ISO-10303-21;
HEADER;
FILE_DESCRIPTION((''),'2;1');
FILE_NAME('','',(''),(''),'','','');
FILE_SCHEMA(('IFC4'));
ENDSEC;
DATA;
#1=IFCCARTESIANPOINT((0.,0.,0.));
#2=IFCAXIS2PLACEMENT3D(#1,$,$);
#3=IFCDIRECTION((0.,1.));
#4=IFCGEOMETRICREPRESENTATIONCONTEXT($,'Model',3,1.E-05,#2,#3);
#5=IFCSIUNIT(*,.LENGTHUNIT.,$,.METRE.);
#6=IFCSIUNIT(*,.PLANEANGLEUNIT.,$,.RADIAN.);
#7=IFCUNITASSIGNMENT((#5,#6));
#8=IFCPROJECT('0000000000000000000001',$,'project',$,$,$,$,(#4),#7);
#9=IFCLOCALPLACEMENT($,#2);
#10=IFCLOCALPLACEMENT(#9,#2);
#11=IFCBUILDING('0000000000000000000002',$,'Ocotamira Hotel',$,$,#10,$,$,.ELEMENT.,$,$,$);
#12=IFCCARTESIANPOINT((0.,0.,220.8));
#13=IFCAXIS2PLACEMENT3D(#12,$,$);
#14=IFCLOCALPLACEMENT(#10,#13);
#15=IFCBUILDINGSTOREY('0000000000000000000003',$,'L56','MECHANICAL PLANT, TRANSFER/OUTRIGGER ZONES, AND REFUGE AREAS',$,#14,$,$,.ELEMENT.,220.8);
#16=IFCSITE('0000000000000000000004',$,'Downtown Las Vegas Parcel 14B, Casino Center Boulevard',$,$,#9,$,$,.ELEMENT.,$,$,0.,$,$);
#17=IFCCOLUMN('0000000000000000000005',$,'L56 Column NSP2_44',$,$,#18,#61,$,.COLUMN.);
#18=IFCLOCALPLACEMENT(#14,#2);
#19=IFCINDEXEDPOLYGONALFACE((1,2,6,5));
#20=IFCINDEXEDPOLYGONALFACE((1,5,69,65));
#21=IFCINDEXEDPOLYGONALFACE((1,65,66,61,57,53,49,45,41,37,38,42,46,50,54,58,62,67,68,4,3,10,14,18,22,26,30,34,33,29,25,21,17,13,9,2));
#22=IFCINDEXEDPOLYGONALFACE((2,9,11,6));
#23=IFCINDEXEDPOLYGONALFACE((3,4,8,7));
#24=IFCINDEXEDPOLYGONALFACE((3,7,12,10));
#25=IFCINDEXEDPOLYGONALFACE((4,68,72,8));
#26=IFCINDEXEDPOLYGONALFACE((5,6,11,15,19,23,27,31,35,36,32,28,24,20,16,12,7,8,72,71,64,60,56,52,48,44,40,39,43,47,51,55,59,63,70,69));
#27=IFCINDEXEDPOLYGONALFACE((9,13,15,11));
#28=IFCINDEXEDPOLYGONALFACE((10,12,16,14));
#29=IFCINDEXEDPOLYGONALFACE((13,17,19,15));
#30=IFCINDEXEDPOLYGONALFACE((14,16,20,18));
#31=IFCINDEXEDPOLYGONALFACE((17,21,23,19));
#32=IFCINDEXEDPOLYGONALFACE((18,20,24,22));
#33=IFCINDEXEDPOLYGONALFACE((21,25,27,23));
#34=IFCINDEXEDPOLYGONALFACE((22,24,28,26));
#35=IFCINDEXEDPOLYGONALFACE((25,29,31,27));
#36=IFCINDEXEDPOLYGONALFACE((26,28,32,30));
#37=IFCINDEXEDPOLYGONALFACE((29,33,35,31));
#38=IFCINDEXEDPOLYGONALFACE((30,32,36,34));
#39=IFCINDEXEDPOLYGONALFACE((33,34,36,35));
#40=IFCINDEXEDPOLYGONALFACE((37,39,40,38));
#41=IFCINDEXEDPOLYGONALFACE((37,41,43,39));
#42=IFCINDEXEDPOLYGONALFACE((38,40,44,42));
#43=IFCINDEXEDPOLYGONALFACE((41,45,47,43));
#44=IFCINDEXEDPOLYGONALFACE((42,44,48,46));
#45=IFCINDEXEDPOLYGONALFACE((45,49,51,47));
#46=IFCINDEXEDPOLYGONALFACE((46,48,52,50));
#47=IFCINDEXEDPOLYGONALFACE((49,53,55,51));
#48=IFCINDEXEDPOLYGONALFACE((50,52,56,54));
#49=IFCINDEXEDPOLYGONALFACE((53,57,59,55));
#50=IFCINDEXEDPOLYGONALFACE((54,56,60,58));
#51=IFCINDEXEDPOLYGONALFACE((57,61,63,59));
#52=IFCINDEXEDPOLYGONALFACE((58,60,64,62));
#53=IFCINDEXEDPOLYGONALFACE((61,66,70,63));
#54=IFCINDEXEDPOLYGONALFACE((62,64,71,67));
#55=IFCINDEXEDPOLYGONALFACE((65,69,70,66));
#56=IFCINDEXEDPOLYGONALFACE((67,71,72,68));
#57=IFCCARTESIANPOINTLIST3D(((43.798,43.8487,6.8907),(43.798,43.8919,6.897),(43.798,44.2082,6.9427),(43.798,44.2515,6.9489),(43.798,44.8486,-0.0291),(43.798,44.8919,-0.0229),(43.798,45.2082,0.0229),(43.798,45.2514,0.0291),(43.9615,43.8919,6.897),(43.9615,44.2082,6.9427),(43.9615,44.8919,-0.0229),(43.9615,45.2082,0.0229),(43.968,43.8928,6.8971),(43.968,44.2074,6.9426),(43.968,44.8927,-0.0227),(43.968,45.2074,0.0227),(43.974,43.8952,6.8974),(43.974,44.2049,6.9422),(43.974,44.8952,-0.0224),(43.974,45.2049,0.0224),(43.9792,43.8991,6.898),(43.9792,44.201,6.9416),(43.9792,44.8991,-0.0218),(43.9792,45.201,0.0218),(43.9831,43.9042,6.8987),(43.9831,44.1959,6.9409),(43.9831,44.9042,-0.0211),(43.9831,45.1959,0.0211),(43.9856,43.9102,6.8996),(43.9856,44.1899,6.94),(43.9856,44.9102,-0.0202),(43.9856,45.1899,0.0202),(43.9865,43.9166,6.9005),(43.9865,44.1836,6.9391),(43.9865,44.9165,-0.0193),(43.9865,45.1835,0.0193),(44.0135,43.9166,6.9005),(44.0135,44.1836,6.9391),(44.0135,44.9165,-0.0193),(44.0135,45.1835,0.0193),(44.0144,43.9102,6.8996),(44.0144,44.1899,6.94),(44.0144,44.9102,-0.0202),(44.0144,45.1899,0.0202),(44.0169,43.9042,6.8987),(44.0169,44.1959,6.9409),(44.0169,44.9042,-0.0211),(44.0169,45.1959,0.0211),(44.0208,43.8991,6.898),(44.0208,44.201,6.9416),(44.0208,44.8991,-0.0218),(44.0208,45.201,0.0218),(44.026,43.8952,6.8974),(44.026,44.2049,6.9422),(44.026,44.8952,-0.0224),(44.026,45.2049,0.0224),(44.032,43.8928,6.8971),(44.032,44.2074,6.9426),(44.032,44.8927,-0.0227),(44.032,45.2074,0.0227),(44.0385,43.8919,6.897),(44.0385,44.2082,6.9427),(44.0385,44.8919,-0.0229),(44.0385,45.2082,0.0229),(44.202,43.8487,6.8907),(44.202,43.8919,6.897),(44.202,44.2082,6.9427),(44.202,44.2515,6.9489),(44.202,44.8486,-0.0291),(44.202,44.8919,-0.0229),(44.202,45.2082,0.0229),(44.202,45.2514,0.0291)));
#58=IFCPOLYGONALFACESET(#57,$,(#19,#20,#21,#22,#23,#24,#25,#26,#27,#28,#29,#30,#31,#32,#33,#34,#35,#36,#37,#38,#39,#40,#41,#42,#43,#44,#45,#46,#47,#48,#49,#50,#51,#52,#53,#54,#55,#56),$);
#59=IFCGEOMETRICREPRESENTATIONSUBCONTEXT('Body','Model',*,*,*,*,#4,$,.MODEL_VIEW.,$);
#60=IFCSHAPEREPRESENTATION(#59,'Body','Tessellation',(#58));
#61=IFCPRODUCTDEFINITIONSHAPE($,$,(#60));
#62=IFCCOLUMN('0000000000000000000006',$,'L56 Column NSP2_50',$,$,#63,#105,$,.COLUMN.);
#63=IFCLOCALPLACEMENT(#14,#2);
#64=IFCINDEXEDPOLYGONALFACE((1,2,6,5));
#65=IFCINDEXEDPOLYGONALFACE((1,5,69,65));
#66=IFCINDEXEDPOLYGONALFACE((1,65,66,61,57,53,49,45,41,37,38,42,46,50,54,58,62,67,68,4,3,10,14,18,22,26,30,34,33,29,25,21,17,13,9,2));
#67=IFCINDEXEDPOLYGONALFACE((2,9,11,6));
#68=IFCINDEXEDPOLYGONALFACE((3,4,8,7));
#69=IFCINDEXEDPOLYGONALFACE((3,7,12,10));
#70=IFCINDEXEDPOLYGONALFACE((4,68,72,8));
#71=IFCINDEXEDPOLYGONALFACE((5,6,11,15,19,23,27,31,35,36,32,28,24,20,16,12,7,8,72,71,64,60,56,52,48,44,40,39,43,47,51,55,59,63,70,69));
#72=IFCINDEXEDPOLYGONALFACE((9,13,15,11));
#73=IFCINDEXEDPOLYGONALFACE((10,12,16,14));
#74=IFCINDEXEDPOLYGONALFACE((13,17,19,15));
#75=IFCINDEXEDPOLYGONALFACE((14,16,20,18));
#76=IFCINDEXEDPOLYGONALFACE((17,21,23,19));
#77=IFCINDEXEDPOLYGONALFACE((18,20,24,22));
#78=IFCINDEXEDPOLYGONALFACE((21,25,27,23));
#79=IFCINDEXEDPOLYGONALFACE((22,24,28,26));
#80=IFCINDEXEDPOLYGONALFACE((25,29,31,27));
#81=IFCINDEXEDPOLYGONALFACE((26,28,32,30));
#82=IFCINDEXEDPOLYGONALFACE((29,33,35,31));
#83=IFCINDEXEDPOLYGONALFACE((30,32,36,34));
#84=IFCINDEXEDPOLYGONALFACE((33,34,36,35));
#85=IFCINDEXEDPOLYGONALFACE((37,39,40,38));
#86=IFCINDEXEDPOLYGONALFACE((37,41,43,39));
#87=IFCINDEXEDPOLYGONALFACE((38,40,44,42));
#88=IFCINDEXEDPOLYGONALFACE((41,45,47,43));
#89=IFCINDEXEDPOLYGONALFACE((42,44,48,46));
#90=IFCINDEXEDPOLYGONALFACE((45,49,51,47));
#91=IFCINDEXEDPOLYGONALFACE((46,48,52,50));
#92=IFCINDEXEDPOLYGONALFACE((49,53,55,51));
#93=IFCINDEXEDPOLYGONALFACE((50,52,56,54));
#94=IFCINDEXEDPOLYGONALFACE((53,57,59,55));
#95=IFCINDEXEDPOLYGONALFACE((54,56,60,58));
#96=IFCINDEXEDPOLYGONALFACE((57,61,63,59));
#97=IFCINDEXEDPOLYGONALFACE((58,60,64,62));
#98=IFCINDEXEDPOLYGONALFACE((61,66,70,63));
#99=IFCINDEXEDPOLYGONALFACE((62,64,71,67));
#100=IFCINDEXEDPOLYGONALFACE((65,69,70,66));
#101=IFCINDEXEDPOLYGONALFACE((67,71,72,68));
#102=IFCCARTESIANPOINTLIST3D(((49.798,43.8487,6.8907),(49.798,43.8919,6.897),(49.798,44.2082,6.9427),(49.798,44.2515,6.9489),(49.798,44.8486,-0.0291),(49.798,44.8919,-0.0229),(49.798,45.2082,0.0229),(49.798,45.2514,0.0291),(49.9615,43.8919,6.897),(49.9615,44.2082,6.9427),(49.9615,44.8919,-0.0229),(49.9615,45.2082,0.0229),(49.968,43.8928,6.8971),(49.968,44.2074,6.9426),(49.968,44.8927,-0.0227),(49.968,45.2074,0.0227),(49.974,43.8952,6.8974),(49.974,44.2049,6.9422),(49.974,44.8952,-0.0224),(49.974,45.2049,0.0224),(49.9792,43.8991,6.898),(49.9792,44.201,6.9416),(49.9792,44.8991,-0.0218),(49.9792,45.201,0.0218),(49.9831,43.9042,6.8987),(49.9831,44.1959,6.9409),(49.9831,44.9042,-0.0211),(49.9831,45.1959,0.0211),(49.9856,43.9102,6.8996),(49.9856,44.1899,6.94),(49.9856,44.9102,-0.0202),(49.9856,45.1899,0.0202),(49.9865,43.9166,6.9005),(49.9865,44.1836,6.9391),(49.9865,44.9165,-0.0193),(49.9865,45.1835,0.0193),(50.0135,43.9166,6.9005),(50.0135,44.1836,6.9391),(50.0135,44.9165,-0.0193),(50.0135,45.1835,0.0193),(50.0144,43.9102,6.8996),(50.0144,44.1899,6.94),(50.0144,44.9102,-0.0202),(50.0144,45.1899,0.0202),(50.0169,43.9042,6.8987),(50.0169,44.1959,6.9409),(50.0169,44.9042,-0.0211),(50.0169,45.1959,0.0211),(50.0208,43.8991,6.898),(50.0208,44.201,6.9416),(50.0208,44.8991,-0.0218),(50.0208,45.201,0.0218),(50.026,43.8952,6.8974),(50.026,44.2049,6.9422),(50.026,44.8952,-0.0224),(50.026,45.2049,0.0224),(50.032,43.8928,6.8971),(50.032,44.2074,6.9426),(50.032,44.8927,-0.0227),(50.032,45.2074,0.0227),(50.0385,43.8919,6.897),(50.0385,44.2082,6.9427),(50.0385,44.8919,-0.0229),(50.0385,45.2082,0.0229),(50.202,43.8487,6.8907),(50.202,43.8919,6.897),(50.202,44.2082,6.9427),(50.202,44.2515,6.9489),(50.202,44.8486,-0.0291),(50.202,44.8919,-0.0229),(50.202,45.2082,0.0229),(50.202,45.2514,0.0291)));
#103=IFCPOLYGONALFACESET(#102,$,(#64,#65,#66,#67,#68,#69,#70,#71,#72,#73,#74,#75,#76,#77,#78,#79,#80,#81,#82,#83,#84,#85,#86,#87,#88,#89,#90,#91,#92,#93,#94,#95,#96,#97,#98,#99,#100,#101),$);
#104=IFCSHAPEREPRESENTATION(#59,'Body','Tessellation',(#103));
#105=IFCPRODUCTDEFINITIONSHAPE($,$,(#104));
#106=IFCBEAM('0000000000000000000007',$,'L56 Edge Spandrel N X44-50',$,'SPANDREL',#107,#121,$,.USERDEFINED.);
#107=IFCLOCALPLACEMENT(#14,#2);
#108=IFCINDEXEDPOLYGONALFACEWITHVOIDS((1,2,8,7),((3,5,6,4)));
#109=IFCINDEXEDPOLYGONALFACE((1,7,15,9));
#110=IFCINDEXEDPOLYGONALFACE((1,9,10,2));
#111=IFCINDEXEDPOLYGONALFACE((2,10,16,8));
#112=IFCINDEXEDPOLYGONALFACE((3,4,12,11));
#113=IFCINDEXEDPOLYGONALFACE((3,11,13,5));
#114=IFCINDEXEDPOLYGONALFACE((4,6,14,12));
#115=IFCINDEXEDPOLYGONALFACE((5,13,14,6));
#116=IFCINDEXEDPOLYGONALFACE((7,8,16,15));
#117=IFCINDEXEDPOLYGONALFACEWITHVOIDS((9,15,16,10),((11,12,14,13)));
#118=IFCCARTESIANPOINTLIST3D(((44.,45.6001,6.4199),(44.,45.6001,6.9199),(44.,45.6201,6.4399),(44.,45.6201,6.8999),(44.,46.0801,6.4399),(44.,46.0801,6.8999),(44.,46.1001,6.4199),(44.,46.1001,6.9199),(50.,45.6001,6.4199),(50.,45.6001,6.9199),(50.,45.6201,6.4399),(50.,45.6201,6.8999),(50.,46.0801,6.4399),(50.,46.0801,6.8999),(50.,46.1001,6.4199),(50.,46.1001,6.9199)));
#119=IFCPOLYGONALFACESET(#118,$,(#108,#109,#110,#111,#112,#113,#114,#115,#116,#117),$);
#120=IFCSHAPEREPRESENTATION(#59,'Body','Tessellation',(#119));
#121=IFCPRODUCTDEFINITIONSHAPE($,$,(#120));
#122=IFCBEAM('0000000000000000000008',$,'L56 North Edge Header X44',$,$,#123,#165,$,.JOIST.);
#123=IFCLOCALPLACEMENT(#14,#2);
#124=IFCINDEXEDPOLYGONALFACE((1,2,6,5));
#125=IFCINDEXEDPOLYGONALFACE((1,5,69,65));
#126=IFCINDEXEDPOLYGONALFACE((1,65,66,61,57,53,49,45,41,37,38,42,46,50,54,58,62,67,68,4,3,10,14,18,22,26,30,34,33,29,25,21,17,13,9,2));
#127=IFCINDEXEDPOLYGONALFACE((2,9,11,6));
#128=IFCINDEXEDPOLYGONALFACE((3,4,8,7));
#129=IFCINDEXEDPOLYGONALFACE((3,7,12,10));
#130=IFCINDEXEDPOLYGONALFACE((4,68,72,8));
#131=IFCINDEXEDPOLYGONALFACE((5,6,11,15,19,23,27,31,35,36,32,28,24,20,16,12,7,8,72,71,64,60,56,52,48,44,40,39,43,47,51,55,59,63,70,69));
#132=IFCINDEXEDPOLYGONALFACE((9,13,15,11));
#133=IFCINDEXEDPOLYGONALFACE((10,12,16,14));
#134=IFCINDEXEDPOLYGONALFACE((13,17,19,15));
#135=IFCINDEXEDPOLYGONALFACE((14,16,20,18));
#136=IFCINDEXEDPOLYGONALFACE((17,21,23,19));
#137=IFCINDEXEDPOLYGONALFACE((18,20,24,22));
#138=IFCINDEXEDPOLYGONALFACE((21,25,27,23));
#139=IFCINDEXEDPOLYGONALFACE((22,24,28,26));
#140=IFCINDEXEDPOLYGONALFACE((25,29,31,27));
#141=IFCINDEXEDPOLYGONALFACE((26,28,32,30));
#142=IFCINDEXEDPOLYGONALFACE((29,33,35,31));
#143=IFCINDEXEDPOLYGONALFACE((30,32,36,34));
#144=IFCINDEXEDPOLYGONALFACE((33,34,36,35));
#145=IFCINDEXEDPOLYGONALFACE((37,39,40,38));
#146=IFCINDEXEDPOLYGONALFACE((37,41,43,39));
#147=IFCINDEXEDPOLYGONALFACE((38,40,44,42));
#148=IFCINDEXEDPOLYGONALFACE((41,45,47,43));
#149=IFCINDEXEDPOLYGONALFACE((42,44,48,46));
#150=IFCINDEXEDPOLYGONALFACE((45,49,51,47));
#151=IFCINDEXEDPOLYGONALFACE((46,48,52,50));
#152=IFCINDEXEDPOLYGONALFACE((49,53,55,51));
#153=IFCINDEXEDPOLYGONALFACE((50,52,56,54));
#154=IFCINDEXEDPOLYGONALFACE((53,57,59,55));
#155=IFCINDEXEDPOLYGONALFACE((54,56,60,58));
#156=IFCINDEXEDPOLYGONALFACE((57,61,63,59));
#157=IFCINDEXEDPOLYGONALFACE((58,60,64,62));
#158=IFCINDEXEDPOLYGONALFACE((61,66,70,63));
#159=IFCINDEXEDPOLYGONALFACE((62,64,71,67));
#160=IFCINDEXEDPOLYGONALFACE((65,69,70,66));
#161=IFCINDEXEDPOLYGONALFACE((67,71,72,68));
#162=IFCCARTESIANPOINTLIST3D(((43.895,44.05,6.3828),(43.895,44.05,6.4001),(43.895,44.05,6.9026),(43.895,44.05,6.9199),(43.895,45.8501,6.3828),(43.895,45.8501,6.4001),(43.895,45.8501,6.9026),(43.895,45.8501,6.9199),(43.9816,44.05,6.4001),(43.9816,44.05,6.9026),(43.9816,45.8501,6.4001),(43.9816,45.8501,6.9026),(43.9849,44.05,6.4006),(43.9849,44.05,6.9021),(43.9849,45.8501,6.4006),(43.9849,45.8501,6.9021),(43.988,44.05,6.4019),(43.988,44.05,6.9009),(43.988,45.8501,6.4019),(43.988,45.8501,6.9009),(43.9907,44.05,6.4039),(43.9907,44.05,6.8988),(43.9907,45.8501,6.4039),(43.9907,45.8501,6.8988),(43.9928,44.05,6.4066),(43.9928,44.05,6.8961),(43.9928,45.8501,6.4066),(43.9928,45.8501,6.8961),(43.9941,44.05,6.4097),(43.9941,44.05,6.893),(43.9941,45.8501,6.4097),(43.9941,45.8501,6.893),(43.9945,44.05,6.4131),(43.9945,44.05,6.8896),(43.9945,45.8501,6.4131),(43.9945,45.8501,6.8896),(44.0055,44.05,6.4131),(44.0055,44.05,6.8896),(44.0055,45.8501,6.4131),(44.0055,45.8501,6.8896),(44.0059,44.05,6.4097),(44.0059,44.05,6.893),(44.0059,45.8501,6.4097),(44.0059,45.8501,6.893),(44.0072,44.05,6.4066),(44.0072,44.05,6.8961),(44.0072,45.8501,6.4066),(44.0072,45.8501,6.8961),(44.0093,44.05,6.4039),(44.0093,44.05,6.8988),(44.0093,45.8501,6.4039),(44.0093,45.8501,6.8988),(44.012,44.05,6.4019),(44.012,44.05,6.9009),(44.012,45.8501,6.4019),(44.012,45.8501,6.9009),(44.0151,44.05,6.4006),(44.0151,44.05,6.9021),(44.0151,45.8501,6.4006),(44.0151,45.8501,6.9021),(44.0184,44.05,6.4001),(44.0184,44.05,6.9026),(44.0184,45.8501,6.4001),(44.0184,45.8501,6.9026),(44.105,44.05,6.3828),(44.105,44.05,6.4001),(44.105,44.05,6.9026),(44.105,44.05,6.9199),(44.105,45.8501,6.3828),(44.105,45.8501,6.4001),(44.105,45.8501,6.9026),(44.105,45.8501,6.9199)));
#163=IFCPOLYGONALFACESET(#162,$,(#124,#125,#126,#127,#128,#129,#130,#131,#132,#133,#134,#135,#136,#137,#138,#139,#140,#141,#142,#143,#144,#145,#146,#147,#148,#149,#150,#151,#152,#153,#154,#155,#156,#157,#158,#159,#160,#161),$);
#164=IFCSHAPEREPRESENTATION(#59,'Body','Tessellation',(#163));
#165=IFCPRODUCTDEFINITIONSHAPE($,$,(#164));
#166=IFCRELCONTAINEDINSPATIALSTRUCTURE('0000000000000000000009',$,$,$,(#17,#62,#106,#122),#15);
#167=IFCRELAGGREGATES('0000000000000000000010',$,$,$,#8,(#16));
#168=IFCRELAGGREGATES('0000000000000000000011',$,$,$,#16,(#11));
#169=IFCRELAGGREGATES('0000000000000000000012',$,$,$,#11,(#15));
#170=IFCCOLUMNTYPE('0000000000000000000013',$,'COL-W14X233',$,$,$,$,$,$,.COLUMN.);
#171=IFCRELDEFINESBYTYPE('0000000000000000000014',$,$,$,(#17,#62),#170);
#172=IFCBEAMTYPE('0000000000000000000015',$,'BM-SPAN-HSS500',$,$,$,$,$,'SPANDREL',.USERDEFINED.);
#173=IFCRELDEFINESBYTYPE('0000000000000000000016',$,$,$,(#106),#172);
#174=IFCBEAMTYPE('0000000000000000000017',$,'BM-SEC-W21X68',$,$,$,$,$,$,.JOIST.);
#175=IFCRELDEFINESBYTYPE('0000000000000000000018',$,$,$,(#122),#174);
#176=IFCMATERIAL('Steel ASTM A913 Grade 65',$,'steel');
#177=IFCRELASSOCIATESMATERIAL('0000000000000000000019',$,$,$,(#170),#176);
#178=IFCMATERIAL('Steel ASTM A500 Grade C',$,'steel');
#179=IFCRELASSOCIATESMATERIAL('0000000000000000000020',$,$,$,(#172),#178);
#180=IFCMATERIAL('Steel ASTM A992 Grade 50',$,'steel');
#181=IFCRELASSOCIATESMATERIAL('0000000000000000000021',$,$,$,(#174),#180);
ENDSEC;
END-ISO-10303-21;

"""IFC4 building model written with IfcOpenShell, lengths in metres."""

from ifc_helpers import new_model, si_unit, direction, frame, origin, origin_2d, place, context, subcontext, project, spatial, hollow_rectangle, i_section, extrude, source, transform, mapped, material, material_profile, profile_set, type_object, element, save


model = new_model("IFC4")

# Units and contexts
model_context = context("Model", 3, precision=1e-05, world=origin(), true_north=direction((0.0, 1.0)))
body_context = subcontext(model_context, "Body", "Model", "MODEL_VIEW")
ifc_project = project(units=[si_unit("LENGTHUNIT", "METRE"), si_unit("PLANEANGLEUNIT", "RADIAN")], contexts=[model_context])

# Site, building, storey
site_placement = place(None, origin())
site = spatial("IfcSite", under=ifc_project, at=site_placement, Name="Downtown Las Vegas Parcel 14B, Casino Center Boulevard", CompositionType="ELEMENT", RefElevation=0.0)
building_placement = place(site_placement, origin())
building = spatial("IfcBuilding", under=site, at=building_placement, Name="Ocotamira Hotel", CompositionType="ELEMENT")
storey_placement = place(building_placement, frame((0.0, 0.0, 220.8)))
storey = spatial("IfcBuildingStorey", under=building, at=storey_placement, Name="L56", Description="MECHANICAL PLANT, TRANSFER/OUTRIGGER ZONES, AND REFUGE AREAS", CompositionType="ELEMENT", Elevation=220.8)

# Columns
ifc_material_1 = material(Name="Steel ASTM A913 Grade 65", Category="steel")
ifc_material_profile_1 = material_profile(ifc_material_1, i_section(OverallWidth=0.4041, OverallDepth=0.407, WebThickness=0.0271, FlangeThickness=0.0437, FilletRadius=0.0249, at=origin_2d()), Name="W14X233")
ifc_profile_set_1 = profile_set([ifc_material_profile_1], Name="Steel ASTM A913 Grade 65")
column_type = type_object("IfcColumnType", Name="COL-W14X233", PredefinedType="COLUMN", material=ifc_profile_set_1)
shared_shape_1 = source(origin(), body_context, "Body", "SweptSolid", [
    extrude(i_section(OverallWidth=0.4041, OverallDepth=0.407, WebThickness=0.0271, FlangeThickness=0.0437, FilletRadius=0.0249, at=origin_2d()), origin(), (0.0, 0.0, 1.0), 6.9917),
])
for number, where, z_axis, x_axis, name in (
    (1, (44.0, 45.05, 0.0), (0.0, -0.143025, 0.989719), (1.0, 0.0, 0.0), "L56 Column NSP2_44"),
    (2, (50.0, 45.05, 0.0), (0.0, -0.143025, 0.989719), (1.0, 0.0, 0.0), "L56 Column NSP2_50"),
):
    element("IfcColumn", number, at=place(storey_placement, frame(where, z_axis=z_axis, x_axis=x_axis)), inside=storey, type_object=column_type, Name=name, PredefinedType="COLUMN", context=body_context, shape_type="MappedRepresentation", body=[
        mapped(shared_shape_1, transform((0.0, 0.0, 0.0), scale=1.0)),
    ])

# Beams
ifc_material_2 = material(Name="Steel ASTM A500 Grade C", Category="steel")
ifc_material_profile_2 = material_profile(ifc_material_2, hollow_rectangle(XDim=0.5, YDim=0.5, WallThickness=0.02, at=origin_2d()), Name="HSS500X500X20")
ifc_profile_set_2 = profile_set([ifc_material_profile_2], Name="Steel ASTM A500 Grade C")
beam_type_1 = type_object("IfcBeamType", Name="BM-SPAN-HSS500", ElementType="SPANDREL", PredefinedType="USERDEFINED", material=ifc_profile_set_2)
shared_shape_2 = source(origin(), body_context, "Body", "SweptSolid", [
    extrude(hollow_rectangle(XDim=0.5, YDim=0.5, WallThickness=0.02, at=origin_2d()), origin(), (0.0, 0.0, 1.0), 6.0),
])
beam_placement = place(storey_placement, frame((44.0, 45.8501, 6.6699), z_axis=(1.0, 0.0, 0.0), x_axis=(0.0, 1.0, 0.0)))
element("IfcBeam", 3, at=beam_placement, inside=storey, type_object=beam_type_1, Name="L56 Edge Spandrel N X44-50", ObjectType="SPANDREL", PredefinedType="USERDEFINED", context=body_context, shape_type="MappedRepresentation", body=[
    mapped(shared_shape_2, transform((0.0, 0.0, 0.0), scale=1.0)),
])
ifc_material_3 = material(Name="Steel ASTM A992 Grade 50", Category="steel")
ifc_material_profile_3 = material_profile(ifc_material_3, i_section(OverallWidth=0.21, OverallDepth=0.5371, WebThickness=0.011, FlangeThickness=0.0173, FilletRadius=0.0129, at=origin_2d()), Name="W21X68")
ifc_profile_set_3 = profile_set([ifc_material_profile_3], Name="Steel ASTM A992 Grade 50")
beam_type_2 = type_object("IfcBeamType", Name="BM-SEC-W21X68", PredefinedType="JOIST", material=ifc_profile_set_3)
shared_shape_3 = source(origin(), body_context, "Body", "SweptSolid", [
    extrude(i_section(OverallWidth=0.21, OverallDepth=0.5371, WebThickness=0.011, FlangeThickness=0.0173, FilletRadius=0.0129, at=origin_2d()), origin(), (0.0, 0.0, 1.0), 1.8),
])
for number, where, z_axis, x_axis, name in (
    (4, (44.0, 44.05, 6.6514), (0.0, 1.0, 0.0), (-1.0, 0.0, 0.0), "L56 North Edge Header X44"),
):
    element("IfcBeam", number, at=place(storey_placement, frame(where, z_axis=z_axis, x_axis=x_axis)), inside=storey, type_object=beam_type_2, Name=name, PredefinedType="JOIST", context=body_context, shape_type="MappedRepresentation", body=[
        mapped(shared_shape_3, transform((0.0, 0.0, 0.0), scale=1.0)),
    ])

save(model, "model.ifc")
